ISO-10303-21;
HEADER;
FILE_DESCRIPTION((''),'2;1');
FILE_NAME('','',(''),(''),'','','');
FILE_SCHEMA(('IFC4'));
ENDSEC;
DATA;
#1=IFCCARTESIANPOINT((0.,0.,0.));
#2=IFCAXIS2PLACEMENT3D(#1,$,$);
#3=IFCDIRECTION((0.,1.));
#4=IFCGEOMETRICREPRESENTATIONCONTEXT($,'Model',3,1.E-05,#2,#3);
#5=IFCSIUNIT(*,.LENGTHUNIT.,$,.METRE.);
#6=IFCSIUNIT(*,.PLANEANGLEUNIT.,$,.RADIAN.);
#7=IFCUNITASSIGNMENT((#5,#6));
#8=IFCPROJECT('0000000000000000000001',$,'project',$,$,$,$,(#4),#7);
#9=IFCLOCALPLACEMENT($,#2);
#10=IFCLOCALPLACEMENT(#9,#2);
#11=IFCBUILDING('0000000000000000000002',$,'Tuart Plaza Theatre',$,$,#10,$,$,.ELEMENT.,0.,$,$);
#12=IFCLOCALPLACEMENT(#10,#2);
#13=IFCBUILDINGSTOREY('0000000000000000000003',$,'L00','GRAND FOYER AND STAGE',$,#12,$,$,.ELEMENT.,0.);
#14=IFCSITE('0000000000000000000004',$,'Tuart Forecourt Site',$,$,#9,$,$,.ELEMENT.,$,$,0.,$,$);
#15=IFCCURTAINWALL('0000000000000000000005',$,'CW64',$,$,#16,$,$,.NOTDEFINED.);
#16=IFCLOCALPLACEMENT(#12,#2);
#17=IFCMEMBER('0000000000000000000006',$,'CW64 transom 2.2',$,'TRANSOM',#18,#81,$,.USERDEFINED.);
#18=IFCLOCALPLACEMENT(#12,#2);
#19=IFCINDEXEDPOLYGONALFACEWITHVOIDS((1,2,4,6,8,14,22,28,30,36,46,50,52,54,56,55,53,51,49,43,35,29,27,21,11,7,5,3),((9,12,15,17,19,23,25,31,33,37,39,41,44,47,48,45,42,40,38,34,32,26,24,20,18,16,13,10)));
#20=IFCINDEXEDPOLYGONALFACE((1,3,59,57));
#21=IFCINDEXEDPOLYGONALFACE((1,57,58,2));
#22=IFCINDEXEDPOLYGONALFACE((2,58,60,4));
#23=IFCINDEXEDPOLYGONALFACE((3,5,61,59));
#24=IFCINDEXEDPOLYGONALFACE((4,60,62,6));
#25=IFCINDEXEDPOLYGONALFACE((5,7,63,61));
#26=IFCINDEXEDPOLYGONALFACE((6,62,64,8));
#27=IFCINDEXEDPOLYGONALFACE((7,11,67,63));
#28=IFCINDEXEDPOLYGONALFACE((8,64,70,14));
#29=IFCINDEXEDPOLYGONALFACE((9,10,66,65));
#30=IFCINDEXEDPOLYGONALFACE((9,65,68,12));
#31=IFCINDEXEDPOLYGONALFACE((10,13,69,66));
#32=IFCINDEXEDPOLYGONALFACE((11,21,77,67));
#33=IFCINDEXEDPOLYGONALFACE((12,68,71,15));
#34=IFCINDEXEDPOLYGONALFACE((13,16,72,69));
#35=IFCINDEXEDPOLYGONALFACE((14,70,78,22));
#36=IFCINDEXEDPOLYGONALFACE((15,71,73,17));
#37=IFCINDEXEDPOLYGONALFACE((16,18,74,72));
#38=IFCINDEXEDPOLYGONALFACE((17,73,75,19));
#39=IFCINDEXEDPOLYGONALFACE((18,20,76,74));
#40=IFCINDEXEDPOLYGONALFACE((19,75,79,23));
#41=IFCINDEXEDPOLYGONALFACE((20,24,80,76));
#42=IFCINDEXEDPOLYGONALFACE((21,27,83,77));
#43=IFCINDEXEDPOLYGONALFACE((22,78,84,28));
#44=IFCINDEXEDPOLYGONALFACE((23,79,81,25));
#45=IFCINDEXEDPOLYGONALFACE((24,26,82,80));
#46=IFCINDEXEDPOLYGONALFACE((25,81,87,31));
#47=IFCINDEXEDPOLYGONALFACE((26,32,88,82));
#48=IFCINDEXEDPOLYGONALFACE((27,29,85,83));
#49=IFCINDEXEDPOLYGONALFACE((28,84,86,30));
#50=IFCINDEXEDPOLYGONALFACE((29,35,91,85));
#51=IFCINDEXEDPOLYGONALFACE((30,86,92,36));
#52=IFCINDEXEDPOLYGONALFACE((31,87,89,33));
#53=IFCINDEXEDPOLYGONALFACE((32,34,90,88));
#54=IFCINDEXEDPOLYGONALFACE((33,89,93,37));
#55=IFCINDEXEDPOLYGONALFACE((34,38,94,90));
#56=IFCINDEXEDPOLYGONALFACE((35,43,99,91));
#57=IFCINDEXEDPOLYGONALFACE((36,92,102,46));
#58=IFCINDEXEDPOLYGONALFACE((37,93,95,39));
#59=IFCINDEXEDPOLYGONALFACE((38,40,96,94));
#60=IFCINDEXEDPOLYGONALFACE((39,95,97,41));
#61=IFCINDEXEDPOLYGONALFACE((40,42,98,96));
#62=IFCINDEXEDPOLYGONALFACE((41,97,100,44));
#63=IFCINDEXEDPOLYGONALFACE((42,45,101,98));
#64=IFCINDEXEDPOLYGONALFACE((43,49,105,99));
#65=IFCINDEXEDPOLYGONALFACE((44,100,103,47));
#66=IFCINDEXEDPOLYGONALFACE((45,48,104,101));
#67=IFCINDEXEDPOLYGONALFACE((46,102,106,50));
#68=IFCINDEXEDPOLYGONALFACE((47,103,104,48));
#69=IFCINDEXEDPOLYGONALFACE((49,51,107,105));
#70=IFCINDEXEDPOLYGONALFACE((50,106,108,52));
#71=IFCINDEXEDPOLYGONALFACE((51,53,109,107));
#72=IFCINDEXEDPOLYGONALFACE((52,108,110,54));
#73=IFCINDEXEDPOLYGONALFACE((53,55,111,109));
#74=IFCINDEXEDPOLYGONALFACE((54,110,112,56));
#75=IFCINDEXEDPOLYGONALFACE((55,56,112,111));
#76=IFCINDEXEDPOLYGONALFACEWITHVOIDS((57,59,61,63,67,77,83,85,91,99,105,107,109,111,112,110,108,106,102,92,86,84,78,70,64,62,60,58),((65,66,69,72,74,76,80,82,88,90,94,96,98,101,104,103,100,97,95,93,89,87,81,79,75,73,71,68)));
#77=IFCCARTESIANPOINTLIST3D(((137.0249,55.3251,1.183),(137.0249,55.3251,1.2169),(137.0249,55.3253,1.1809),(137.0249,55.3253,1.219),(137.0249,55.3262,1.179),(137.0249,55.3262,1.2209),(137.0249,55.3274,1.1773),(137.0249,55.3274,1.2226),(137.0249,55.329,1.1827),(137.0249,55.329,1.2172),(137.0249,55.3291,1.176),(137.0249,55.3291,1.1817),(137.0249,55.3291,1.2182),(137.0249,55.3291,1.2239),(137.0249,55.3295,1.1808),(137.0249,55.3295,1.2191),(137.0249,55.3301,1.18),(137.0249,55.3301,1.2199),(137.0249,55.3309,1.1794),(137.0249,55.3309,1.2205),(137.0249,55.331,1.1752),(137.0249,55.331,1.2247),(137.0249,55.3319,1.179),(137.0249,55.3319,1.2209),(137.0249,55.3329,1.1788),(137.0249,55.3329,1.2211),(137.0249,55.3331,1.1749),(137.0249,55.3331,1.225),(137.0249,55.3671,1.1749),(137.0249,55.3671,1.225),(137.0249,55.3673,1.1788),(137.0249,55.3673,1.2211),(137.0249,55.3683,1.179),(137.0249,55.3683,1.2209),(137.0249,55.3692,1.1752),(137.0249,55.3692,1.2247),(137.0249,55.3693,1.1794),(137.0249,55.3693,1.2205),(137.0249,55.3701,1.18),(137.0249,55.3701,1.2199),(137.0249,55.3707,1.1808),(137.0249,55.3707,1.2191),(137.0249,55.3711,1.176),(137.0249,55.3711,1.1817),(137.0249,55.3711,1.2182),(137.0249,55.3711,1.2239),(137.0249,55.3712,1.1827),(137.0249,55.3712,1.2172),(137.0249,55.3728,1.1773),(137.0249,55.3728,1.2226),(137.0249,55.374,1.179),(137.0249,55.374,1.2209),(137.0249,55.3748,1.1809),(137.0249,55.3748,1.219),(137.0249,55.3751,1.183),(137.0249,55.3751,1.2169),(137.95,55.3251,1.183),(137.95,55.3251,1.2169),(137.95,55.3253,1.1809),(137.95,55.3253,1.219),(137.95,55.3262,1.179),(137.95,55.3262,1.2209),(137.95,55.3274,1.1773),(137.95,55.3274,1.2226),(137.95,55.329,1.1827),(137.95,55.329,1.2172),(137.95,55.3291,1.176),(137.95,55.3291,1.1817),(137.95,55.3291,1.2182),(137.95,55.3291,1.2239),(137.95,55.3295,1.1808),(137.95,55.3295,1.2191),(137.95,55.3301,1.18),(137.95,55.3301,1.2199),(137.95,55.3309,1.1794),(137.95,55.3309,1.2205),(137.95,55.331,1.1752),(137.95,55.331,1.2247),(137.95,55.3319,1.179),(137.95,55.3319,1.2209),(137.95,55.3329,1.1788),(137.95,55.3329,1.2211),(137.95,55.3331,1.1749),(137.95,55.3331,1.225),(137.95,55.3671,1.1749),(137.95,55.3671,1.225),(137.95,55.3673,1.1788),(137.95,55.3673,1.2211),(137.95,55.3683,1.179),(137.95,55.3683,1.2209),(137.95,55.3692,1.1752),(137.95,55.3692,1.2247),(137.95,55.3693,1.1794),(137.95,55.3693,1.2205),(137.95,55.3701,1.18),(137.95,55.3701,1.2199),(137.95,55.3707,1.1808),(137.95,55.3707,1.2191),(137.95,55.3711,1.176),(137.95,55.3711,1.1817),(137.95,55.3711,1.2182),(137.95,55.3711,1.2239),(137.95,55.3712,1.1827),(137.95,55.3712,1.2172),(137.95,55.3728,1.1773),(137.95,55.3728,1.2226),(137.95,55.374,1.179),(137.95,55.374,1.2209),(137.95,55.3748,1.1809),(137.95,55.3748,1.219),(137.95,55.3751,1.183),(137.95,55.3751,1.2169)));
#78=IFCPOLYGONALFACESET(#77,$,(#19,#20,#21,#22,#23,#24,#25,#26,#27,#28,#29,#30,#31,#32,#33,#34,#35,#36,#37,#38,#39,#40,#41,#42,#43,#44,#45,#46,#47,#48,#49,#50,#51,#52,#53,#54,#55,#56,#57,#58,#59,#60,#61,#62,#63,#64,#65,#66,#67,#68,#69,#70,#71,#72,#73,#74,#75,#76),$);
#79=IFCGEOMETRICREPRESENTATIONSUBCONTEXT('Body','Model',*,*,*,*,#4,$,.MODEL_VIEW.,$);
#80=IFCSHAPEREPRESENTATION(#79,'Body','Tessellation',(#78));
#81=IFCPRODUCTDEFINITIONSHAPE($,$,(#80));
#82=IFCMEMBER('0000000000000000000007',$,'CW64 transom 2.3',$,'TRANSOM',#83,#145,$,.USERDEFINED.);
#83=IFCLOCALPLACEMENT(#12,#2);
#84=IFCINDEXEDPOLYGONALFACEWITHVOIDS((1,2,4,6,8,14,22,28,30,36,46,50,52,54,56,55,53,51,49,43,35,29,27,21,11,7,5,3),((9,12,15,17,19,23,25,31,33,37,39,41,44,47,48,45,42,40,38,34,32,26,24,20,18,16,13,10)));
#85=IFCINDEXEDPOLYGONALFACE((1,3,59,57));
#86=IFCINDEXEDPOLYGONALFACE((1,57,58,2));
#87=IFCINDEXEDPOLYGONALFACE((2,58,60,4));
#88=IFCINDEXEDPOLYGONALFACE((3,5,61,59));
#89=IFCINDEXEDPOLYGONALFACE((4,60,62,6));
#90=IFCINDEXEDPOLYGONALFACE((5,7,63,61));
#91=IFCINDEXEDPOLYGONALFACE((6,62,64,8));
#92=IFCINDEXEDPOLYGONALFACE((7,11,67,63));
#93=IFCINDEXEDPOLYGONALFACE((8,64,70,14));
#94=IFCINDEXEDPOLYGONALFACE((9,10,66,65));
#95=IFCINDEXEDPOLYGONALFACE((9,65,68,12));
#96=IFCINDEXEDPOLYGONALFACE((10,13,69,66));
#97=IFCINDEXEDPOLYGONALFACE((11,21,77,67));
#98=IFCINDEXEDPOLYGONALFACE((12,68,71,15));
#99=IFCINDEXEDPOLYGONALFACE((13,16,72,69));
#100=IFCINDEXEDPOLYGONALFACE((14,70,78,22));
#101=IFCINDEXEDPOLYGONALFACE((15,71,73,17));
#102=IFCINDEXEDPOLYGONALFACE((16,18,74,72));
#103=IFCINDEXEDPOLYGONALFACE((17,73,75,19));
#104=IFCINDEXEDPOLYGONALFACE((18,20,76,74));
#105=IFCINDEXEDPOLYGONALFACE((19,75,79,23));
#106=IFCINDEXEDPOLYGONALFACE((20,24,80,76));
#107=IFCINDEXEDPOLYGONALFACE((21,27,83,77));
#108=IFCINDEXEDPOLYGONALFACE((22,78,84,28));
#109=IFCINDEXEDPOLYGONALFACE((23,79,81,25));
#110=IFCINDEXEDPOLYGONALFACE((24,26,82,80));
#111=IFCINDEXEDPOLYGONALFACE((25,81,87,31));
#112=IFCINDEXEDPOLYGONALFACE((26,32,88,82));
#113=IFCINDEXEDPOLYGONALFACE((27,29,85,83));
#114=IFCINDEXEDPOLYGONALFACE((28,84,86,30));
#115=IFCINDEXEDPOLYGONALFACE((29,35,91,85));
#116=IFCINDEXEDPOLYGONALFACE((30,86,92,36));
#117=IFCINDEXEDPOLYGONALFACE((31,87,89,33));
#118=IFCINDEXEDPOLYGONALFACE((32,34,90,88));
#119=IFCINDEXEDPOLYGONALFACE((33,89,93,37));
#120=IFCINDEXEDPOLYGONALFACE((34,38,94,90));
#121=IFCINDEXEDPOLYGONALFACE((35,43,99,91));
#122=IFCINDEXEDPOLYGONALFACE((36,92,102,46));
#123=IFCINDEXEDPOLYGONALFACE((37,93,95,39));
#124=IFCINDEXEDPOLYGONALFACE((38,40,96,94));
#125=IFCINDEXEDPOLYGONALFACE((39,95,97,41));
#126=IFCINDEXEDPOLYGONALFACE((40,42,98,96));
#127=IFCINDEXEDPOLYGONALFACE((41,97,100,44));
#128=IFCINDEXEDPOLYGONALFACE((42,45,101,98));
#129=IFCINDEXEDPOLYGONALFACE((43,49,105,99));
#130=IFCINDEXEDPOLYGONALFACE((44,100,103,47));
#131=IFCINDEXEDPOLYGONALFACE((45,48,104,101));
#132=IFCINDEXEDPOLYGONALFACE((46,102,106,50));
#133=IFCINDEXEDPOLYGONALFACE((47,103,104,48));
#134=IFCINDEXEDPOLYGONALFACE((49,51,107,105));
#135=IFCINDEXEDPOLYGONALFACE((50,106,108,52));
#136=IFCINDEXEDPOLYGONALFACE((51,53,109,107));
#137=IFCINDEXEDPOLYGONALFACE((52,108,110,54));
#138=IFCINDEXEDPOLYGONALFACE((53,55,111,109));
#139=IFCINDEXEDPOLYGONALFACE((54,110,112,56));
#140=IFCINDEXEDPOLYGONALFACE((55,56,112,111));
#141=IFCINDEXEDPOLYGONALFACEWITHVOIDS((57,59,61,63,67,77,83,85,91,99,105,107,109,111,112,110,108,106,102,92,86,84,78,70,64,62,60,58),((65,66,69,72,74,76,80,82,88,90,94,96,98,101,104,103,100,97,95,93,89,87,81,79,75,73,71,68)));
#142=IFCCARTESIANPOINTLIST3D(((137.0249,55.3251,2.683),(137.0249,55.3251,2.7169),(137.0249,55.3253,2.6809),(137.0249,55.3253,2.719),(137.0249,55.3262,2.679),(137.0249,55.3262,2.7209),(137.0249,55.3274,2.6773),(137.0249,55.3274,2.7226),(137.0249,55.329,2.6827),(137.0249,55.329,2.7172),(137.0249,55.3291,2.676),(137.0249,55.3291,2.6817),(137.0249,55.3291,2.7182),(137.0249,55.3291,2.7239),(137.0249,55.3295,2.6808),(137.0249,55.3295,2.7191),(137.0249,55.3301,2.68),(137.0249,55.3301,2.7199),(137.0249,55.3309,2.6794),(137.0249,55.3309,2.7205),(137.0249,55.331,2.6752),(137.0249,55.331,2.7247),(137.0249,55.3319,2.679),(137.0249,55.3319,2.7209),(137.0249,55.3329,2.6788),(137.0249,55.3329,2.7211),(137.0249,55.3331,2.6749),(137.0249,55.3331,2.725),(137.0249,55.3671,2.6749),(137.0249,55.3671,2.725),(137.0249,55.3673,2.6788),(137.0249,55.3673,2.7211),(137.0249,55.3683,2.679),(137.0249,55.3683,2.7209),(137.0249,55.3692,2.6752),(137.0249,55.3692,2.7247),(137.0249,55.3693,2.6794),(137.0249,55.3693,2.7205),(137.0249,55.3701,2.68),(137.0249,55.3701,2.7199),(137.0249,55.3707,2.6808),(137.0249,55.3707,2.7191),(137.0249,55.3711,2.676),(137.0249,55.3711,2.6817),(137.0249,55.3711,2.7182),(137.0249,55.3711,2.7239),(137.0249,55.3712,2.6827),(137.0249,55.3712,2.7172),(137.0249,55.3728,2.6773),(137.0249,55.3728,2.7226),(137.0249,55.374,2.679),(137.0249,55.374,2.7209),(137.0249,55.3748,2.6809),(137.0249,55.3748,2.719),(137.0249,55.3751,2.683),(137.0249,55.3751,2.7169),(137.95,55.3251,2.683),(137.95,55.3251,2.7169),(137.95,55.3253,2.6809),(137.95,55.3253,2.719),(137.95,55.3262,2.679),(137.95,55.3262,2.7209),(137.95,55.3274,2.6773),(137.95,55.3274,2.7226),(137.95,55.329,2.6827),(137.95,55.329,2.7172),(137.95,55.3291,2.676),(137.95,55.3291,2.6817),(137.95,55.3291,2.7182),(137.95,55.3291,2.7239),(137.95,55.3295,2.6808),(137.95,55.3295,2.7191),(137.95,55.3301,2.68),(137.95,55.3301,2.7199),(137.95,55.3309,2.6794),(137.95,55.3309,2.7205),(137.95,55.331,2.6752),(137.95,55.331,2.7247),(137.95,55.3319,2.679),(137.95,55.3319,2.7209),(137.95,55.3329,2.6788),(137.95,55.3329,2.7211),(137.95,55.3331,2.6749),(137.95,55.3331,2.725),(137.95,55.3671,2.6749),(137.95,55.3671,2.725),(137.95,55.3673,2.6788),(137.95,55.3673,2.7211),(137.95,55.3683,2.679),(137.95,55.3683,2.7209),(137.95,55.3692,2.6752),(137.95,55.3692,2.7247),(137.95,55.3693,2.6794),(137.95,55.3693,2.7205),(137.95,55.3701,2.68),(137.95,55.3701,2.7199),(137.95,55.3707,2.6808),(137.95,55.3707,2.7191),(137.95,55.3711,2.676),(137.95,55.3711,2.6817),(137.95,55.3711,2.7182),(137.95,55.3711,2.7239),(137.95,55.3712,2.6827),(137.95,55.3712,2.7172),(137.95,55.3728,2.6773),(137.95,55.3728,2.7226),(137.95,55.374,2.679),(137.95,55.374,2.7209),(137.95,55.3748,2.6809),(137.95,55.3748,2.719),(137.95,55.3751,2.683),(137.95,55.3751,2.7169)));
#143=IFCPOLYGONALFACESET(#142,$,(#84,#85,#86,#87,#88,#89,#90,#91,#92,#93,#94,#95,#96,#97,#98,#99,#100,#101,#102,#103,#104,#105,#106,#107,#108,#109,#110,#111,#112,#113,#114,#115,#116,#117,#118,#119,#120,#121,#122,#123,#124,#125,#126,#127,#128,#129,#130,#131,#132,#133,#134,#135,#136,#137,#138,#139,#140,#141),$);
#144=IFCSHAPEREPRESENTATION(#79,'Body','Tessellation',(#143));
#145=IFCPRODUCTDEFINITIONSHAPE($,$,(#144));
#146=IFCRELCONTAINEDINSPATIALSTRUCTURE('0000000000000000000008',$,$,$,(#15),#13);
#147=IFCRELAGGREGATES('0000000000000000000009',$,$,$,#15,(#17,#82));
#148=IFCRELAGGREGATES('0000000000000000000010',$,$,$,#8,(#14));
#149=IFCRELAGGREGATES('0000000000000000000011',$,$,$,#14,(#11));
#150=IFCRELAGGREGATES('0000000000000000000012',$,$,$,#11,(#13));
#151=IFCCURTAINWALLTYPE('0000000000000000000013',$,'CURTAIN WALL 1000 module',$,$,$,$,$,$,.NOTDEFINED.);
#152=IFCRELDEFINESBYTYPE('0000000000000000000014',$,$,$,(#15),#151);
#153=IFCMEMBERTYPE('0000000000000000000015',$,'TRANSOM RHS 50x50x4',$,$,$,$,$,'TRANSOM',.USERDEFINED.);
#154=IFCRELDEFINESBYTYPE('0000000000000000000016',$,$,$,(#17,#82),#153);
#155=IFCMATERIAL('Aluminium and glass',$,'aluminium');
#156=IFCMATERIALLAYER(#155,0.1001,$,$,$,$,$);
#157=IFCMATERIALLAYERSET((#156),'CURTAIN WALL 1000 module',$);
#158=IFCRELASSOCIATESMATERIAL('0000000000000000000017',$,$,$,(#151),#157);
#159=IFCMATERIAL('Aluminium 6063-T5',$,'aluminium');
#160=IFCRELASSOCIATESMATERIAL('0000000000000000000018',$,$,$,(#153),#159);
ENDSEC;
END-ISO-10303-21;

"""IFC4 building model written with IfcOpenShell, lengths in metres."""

from ifc_helpers import new_model, si_unit, direction, frame, origin, origin_2d, place, context, subcontext, project, spatial, hollow_rectangle, extrude, material, layer, layer_set, material_profile, profile_set, type_object, element, aggregate, save


model = new_model("IFC4")

# Units and contexts
model_context = context("Model", 3, precision=1e-05, world=origin(), true_north=direction((0.0, 1.0)))
body_context = subcontext(model_context, "Body", "Model", "MODEL_VIEW")
ifc_project = project(units=[si_unit("LENGTHUNIT", "METRE"), si_unit("PLANEANGLEUNIT", "RADIAN")], contexts=[model_context])

# Site, building, storey
site_placement = place(None, origin())
site = spatial("IfcSite", under=ifc_project, at=site_placement, Name="Tuart Forecourt Site", CompositionType="ELEMENT", RefElevation=0.0)
building_placement = place(site_placement, origin())
building = spatial("IfcBuilding", under=site, at=building_placement, Name="Tuart Plaza Theatre", CompositionType="ELEMENT", ElevationOfRefHeight=0.0)
storey_placement = place(building_placement, origin())
storey = spatial("IfcBuildingStorey", under=building, at=storey_placement, Name="L00", Description="GRAND FOYER AND STAGE", CompositionType="ELEMENT", Elevation=0.0)

# Curtain wall
ifc_material_1 = material(Name="Aluminium and glass", Category="aluminium")
ifc_layer_1 = layer(ifc_material_1, 0.1001)
ifc_layer_set_1 = layer_set([ifc_layer_1], Name="CURTAIN WALL 1000 module")
curtain_wall_type_1 = type_object("IfcCurtainWallType", Name="CURTAIN WALL 1000 module", PredefinedType="NOTDEFINED", material=ifc_layer_set_1)
curtain_wall_1_placement = place(storey_placement, origin())
curtain_wall_1 = element("IfcCurtainWall", 1, at=curtain_wall_1_placement, inside=storey, type_object=curtain_wall_type_1, Name="CW64", PredefinedType="NOTDEFINED")

# Members
ifc_material_2 = material(Name="Aluminium 6063-T5", Category="aluminium")
ifc_material_profile_1 = material_profile(ifc_material_2, hollow_rectangle(XDim=0.05, YDim=0.05, WallThickness=0.0039, InnerFilletRadius=0.0039, OuterFilletRadius=0.0081, at=origin_2d()), Name="RHS 50x50x4")
ifc_profile_set_1 = profile_set([ifc_material_profile_1], Name="Aluminium 6063-T5")
member_type_1 = type_object("IfcMemberType", Name="TRANSOM RHS 50x50x4", ElementType="TRANSOM", PredefinedType="USERDEFINED", material=ifc_profile_set_1)
member_1_placement = place(storey_placement, frame((137.0249, 55.3501, 1.2), z_axis=(1.0, 0.0, 0.0), x_axis=(0.0, 1.0, 0.0)))
member_1 = element("IfcMember", 2, at=member_1_placement, type_object=member_type_1, Name="CW64 transom 2.2", ObjectType="TRANSOM", PredefinedType="USERDEFINED", context=body_context, shape_type="SweptSolid", body=[
    extrude(hollow_rectangle(XDim=0.05, YDim=0.05, WallThickness=0.0039, InnerFilletRadius=0.0039, OuterFilletRadius=0.0081, at=origin_2d()), origin(), (0.0, 0.0, 1.0), 0.925),
])
member_2_placement = place(storey_placement, frame((137.0249, 55.3501, 2.7), z_axis=(1.0, 0.0, 0.0), x_axis=(0.0, 1.0, 0.0)))
member_2 = element("IfcMember", 3, at=member_2_placement, type_object=member_type_1, Name="CW64 transom 2.3", ObjectType="TRANSOM", PredefinedType="USERDEFINED", context=body_context, shape_type="SweptSolid", body=[
    extrude(hollow_rectangle(XDim=0.05, YDim=0.05, WallThickness=0.0039, InnerFilletRadius=0.0039, OuterFilletRadius=0.0081, at=origin_2d()), origin(), (0.0, 0.0, 1.0), 0.925),
])

aggregate(curtain_wall_1, [member_1, member_2])

save(model, "model.ifc")
